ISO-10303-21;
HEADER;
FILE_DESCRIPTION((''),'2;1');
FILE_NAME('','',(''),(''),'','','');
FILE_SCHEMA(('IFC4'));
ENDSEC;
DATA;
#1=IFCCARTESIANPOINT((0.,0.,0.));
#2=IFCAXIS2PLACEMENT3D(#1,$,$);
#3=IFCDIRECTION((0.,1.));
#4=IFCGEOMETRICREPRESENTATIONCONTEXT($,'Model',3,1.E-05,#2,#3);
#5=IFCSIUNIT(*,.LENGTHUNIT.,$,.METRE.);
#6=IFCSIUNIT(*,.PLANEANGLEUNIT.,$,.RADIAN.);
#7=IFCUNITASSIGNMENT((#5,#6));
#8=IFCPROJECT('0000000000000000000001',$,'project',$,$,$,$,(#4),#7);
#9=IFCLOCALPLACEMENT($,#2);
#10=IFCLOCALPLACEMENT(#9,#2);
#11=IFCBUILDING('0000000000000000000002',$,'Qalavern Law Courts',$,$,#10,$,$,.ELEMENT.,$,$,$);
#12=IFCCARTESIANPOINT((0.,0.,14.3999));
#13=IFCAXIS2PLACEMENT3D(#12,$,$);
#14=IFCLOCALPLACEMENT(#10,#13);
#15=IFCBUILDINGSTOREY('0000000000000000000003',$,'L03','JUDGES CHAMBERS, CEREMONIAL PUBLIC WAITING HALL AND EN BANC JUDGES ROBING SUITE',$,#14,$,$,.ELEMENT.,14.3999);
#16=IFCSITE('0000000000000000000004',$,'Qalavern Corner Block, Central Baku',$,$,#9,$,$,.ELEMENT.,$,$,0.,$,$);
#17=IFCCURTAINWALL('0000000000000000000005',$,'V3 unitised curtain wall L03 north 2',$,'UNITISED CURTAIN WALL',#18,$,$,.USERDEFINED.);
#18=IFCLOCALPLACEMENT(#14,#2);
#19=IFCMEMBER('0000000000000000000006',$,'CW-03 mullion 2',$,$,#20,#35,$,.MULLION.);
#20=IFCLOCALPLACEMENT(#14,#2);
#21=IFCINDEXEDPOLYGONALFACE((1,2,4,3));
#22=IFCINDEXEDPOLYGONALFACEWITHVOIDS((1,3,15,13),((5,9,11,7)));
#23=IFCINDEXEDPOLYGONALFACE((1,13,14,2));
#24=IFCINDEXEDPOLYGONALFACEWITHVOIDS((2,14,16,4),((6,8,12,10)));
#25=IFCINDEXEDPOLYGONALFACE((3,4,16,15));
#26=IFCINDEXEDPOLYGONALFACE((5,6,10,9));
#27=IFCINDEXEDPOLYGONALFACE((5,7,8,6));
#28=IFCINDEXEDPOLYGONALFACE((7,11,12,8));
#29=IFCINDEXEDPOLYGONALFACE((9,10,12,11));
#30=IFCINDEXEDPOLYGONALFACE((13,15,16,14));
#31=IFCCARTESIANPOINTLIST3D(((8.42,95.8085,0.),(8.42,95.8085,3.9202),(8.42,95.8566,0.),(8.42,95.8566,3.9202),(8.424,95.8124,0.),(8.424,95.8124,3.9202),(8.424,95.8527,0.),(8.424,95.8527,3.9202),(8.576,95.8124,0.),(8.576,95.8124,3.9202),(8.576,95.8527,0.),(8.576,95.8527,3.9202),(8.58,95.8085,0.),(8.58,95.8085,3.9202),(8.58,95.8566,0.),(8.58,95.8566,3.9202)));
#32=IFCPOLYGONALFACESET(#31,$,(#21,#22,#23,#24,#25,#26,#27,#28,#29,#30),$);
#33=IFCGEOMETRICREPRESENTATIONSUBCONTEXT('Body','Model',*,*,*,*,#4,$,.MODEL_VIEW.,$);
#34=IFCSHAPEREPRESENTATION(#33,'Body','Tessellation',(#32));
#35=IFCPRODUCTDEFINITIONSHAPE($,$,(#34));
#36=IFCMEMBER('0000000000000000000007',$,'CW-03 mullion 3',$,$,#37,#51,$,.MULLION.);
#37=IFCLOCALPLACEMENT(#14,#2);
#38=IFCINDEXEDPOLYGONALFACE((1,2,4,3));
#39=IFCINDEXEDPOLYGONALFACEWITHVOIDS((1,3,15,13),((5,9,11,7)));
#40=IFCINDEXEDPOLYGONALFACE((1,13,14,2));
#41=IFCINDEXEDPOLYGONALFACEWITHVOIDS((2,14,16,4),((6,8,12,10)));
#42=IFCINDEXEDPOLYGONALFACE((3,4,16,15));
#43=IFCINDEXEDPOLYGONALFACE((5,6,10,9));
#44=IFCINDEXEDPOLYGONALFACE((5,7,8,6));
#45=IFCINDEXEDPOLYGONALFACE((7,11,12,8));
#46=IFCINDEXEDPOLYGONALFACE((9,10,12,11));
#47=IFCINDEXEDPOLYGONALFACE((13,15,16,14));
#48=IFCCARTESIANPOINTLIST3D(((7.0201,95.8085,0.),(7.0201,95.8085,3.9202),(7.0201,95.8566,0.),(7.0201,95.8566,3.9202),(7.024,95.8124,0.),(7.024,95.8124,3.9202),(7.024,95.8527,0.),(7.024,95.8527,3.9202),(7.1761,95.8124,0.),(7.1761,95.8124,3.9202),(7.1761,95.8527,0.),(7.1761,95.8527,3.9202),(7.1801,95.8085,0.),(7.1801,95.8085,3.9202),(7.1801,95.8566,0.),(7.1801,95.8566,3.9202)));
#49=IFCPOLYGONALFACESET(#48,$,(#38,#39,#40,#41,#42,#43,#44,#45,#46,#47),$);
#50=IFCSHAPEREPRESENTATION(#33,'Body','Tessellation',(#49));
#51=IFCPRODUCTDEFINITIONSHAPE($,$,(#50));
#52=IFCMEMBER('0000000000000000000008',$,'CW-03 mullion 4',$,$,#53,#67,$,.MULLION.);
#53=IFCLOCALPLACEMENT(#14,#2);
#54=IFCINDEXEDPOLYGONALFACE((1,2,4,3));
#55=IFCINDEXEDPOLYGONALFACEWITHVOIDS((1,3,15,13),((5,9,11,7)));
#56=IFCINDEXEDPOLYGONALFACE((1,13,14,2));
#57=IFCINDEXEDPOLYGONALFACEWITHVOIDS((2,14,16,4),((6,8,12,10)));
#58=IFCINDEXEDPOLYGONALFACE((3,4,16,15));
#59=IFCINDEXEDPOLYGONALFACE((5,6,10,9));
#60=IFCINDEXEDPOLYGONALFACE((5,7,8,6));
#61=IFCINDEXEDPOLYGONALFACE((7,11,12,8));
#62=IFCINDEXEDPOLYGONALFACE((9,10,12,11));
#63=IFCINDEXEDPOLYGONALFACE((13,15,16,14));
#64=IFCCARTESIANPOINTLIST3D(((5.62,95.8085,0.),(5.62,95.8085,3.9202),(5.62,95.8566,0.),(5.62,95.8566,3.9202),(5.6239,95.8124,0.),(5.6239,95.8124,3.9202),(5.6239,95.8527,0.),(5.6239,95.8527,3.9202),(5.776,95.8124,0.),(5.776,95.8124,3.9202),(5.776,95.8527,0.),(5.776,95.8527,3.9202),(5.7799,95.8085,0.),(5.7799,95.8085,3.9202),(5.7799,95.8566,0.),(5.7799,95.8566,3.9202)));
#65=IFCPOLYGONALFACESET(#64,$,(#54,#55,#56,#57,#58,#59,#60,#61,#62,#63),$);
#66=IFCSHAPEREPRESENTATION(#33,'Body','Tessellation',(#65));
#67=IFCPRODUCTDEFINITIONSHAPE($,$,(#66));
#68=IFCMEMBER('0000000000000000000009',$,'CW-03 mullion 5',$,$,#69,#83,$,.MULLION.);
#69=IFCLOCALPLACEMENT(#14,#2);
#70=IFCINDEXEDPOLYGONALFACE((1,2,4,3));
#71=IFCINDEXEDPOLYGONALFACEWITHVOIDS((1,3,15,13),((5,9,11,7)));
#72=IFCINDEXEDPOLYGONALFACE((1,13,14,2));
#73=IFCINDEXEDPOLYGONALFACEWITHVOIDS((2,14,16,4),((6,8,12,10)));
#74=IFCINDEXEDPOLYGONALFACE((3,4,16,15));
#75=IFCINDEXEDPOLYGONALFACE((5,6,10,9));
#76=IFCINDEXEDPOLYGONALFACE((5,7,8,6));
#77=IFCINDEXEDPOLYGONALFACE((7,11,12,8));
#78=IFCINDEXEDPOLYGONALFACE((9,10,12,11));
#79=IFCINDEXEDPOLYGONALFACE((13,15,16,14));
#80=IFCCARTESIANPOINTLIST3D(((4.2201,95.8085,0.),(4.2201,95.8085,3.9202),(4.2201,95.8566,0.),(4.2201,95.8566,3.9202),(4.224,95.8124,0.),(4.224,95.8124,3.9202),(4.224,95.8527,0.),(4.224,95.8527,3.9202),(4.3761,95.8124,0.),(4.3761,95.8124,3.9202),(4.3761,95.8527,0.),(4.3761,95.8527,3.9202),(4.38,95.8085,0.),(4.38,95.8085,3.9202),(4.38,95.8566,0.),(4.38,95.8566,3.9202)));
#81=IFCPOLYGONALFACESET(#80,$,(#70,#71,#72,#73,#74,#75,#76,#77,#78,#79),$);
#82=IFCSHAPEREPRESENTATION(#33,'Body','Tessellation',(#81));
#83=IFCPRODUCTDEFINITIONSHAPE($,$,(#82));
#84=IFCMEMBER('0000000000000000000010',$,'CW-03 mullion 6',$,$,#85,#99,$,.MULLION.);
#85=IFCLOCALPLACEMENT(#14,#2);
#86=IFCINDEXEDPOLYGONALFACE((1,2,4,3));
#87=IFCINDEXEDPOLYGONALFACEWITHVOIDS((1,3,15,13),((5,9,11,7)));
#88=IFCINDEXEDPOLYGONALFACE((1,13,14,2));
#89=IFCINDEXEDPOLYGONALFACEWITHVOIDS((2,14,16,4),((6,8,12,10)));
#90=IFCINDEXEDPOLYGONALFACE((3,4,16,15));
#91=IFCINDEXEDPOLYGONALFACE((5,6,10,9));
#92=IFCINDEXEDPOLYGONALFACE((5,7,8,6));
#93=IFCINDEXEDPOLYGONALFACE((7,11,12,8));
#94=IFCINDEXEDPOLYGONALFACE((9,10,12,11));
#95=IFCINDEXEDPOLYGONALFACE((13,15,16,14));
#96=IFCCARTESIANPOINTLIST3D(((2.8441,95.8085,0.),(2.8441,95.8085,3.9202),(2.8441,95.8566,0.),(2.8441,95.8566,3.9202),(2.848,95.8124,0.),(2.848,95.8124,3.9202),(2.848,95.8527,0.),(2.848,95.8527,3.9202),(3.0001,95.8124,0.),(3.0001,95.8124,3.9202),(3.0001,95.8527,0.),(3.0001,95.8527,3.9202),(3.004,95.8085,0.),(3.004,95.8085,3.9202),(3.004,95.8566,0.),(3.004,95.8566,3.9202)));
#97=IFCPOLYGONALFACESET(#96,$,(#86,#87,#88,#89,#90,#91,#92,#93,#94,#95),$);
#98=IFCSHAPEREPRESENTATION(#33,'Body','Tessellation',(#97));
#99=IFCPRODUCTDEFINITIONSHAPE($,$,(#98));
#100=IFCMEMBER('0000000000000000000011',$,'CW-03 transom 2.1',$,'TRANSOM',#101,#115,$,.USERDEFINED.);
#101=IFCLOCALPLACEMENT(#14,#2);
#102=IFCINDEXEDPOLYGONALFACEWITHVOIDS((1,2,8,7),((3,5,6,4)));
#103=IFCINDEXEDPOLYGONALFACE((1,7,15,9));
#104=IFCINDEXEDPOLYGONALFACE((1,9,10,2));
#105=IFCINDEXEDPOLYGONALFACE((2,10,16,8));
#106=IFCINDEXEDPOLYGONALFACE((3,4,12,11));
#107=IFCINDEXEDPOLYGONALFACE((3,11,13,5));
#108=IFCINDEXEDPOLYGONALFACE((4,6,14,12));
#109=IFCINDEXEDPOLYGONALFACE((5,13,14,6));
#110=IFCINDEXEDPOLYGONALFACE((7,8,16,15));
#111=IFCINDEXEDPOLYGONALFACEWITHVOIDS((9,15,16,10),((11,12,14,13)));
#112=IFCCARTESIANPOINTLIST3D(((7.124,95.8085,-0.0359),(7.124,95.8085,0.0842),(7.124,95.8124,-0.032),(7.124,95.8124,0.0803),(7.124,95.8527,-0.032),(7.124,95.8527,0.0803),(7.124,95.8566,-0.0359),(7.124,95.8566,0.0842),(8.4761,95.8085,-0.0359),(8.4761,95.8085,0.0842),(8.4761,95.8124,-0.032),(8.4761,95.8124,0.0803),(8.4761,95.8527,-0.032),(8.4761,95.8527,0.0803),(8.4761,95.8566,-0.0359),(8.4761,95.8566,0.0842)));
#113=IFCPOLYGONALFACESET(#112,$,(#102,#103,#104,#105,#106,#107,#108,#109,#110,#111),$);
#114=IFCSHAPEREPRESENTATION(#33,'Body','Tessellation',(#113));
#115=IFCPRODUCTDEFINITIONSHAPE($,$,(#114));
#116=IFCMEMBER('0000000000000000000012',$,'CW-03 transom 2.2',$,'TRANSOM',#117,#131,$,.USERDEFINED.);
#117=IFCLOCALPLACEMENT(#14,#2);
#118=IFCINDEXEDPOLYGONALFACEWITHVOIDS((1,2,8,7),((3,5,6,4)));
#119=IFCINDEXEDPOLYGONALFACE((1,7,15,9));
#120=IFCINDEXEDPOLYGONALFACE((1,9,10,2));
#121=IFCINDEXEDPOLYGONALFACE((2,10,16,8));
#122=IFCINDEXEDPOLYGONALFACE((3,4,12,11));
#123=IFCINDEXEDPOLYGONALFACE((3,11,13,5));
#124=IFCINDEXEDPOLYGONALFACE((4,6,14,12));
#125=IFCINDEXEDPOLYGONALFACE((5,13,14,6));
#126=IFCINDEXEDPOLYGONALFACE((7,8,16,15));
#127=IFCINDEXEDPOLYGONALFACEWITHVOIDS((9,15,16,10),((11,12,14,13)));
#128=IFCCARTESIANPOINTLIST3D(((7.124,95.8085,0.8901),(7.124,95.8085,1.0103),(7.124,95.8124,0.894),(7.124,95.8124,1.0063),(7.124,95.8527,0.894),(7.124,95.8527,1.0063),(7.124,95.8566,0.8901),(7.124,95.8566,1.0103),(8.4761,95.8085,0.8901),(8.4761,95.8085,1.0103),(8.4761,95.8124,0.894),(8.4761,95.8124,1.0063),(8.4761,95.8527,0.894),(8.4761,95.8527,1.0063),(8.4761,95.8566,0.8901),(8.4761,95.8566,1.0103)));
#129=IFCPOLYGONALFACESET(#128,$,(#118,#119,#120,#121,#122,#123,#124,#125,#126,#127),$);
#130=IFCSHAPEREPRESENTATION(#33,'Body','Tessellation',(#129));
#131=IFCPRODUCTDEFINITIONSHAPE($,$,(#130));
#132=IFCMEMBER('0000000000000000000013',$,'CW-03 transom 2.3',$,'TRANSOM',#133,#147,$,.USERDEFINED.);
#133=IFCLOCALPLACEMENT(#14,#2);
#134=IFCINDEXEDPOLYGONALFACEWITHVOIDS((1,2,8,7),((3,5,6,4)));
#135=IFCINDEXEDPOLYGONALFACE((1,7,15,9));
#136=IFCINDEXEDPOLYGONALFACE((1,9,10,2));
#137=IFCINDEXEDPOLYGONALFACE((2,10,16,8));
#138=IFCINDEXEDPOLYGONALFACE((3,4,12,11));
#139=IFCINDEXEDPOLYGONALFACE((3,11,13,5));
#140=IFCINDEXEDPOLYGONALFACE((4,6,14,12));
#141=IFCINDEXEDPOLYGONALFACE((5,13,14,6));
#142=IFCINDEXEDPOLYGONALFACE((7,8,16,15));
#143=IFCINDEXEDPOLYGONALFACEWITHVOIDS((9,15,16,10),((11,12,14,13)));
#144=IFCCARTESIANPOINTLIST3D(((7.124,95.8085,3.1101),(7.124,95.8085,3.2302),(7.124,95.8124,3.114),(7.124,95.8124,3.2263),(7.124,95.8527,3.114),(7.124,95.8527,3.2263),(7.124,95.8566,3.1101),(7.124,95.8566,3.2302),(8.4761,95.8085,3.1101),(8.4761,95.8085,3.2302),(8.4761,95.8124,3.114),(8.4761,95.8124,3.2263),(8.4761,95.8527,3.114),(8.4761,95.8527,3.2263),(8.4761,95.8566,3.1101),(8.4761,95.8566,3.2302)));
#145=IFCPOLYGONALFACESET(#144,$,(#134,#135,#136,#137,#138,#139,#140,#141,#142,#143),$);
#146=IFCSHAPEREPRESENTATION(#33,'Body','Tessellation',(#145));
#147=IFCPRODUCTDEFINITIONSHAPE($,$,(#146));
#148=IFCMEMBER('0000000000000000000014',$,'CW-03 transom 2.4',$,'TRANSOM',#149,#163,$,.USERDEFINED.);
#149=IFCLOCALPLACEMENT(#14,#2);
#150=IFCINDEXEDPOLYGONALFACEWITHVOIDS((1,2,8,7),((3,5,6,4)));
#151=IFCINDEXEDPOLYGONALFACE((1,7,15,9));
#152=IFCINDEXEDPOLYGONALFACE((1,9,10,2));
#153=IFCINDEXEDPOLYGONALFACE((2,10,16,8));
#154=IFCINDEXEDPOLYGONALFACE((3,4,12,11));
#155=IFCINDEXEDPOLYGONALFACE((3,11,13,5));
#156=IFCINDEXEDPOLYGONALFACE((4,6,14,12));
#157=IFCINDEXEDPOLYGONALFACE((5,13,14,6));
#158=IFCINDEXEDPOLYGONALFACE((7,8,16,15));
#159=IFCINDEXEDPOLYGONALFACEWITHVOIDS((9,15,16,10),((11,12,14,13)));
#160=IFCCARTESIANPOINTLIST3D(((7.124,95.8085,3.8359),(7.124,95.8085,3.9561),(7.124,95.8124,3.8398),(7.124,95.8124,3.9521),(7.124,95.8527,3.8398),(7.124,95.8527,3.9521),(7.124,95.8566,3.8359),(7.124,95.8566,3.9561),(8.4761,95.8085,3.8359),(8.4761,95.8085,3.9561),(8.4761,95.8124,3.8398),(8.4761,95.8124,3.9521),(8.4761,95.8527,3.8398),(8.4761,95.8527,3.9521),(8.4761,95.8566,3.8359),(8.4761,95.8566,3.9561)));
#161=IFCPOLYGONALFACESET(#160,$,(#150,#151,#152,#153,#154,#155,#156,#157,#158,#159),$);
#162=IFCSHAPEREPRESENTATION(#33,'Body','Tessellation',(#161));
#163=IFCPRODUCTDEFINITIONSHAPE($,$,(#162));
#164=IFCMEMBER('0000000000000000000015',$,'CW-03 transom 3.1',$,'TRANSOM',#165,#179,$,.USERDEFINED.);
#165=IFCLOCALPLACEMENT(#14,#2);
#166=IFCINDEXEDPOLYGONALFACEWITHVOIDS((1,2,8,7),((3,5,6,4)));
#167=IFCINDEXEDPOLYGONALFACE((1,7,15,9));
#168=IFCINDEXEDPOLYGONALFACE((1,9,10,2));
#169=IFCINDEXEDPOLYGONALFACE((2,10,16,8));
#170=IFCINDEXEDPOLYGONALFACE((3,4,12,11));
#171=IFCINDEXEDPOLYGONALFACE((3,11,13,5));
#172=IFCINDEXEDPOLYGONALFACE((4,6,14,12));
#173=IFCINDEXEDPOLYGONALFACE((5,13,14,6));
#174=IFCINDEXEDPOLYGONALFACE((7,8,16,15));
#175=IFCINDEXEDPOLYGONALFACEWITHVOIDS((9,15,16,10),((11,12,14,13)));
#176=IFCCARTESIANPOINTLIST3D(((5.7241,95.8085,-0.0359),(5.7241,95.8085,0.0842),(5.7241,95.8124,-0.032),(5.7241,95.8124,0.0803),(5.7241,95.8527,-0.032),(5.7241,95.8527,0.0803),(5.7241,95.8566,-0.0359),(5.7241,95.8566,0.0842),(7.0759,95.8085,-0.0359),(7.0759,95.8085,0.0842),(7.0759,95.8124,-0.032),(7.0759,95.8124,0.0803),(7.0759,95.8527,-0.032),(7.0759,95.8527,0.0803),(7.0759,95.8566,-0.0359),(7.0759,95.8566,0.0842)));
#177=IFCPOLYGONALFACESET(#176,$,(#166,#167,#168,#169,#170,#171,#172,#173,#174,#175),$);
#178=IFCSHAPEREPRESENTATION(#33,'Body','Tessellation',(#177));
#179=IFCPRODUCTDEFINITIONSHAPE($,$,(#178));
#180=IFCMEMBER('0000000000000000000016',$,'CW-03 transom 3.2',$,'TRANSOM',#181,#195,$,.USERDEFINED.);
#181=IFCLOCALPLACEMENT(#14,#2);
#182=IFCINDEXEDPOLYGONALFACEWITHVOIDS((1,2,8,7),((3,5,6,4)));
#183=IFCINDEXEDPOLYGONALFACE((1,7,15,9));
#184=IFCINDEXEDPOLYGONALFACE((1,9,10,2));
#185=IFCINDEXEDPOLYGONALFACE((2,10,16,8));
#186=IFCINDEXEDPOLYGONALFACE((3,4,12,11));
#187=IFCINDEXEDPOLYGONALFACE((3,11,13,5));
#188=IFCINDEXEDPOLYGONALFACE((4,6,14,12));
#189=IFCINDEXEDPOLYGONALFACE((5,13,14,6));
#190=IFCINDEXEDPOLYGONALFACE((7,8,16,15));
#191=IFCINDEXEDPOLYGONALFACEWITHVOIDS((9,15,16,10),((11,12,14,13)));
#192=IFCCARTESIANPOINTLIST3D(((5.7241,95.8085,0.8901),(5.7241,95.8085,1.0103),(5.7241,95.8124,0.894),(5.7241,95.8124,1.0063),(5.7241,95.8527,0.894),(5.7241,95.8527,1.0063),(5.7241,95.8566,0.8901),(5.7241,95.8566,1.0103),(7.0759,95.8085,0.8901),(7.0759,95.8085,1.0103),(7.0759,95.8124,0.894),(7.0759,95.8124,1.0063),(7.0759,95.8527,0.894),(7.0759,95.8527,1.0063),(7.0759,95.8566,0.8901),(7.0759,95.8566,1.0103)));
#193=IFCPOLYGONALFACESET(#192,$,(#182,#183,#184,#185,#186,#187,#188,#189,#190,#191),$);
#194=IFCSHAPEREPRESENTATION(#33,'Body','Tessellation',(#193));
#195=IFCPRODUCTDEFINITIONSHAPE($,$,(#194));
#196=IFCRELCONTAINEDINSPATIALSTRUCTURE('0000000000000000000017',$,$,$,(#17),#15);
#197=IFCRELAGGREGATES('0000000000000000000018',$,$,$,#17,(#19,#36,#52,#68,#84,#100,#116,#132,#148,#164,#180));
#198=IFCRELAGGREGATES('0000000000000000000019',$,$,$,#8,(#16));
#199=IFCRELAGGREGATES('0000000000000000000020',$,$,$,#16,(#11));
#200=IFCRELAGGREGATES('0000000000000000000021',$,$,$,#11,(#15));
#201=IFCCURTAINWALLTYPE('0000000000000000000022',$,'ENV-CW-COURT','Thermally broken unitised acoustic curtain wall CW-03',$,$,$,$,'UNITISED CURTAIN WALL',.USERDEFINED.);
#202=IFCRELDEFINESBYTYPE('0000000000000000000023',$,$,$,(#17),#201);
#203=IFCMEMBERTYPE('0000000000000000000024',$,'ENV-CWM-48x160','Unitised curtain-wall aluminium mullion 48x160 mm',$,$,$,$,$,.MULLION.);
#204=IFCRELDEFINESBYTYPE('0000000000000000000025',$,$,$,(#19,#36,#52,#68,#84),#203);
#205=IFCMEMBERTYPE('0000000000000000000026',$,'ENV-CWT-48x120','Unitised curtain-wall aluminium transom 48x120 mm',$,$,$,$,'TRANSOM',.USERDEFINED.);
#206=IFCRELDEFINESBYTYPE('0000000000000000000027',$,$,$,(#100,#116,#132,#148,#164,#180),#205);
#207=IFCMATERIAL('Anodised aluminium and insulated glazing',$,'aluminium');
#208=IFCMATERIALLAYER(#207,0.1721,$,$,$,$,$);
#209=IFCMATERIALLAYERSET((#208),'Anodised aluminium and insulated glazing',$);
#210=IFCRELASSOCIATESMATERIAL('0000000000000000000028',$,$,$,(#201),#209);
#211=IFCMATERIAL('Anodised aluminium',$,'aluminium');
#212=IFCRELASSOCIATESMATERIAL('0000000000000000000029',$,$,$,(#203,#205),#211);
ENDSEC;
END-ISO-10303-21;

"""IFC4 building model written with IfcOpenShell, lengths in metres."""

from ifc_helpers import new_model, si_unit, direction, frame, origin, origin_2d, place, context, subcontext, project, spatial, hollow_rectangle, extrude, material, layer, layer_set, material_profile, profile_set, type_object, element, aggregate, save


model = new_model("IFC4")

# Units and contexts
model_context = context("Model", 3, precision=1e-05, world=origin(), true_north=direction((0.0, 1.0)))
body_context = subcontext(model_context, "Body", "Model", "MODEL_VIEW")
ifc_project = project(units=[si_unit("LENGTHUNIT", "METRE"), si_unit("PLANEANGLEUNIT", "RADIAN")], contexts=[model_context])

# Site, building, storey
site_placement = place(None, origin())
site = spatial("IfcSite", under=ifc_project, at=site_placement, Name="Qalavern Corner Block, Central Baku", CompositionType="ELEMENT", RefElevation=0.0)
building_placement = place(site_placement, origin())
building = spatial("IfcBuilding", under=site, at=building_placement, Name="Qalavern Law Courts", CompositionType="ELEMENT")
storey_placement = place(building_placement, frame((0.0, 0.0, 14.3999)))
storey = spatial("IfcBuildingStorey", under=building, at=storey_placement, Name="L03", Description="JUDGES CHAMBERS, CEREMONIAL PUBLIC WAITING HALL AND EN BANC JUDGES ROBING SUITE", CompositionType="ELEMENT", Elevation=14.3999)

# Curtain wall, members
ifc_material_1 = material(Name="Anodised aluminium and insulated glazing", Category="aluminium")
ifc_layer_1 = layer(ifc_material_1, 0.1721)
ifc_layer_set_1 = layer_set([ifc_layer_1], Name="Anodised aluminium and insulated glazing")
curtain_wall_type = type_object("IfcCurtainWallType", Name="ENV-CW-COURT", Description="Thermally broken unitised acoustic curtain wall CW-03", ElementType="UNITISED CURTAIN WALL", PredefinedType="USERDEFINED", material=ifc_layer_set_1)
curtain_wall_placement = place(storey_placement, origin())
curtain_wall = element("IfcCurtainWall", 1, at=curtain_wall_placement, inside=storey, type_object=curtain_wall_type, Name="V3 unitised curtain wall L03 north 2", ObjectType="UNITISED CURTAIN WALL", PredefinedType="USERDEFINED")
ifc_material_2 = material(Name="Anodised aluminium", Category="aluminium")
ifc_material_profile_1 = material_profile(ifc_material_2, hollow_rectangle(XDim=0.0481, YDim=0.1599, WallThickness=0.0039, at=origin_2d()), Name="ALU MULLION 48x160")
ifc_profile_set_1 = profile_set([ifc_material_profile_1], Name="Anodised aluminium")
member_type_1 = type_object("IfcMemberType", Name="ENV-CWM-48x160", Description="Unitised curtain-wall aluminium mullion 48x160 mm", PredefinedType="MULLION", material=ifc_profile_set_1)
member_1_placement = place(storey_placement, frame((8.5, 95.8325, 0.0), z_axis=(0.0, 0.0, 1.0), x_axis=(0.0, -1.0, 0.0)))
member_1 = element("IfcMember", 2, at=member_1_placement, type_object=member_type_1, Name="CW-03 mullion 2", PredefinedType="MULLION", context=body_context, shape_type="SweptSolid", body=[
    extrude(hollow_rectangle(XDim=0.0481, YDim=0.1599, WallThickness=0.0039, at=origin_2d()), origin(), (0.0, 0.0, 1.0), 3.9202),
])
member_2_placement = place(storey_placement, frame((7.1001, 95.8325, 0.0), z_axis=(0.0, 0.0, 1.0), x_axis=(0.0, -1.0, 0.0)))
member_2 = element("IfcMember", 3, at=member_2_placement, type_object=member_type_1, Name="CW-03 mullion 3", PredefinedType="MULLION", context=body_context, shape_type="SweptSolid", body=[
    extrude(hollow_rectangle(XDim=0.0481, YDim=0.1599, WallThickness=0.0039, at=origin_2d()), origin(), (0.0, 0.0, 1.0), 3.9202),
])
member_3_placement = place(storey_placement, frame((5.7, 95.8325, 0.0), z_axis=(0.0, 0.0, 1.0), x_axis=(0.0, -1.0, 0.0)))
member_3 = element("IfcMember", 4, at=member_3_placement, type_object=member_type_1, Name="CW-03 mullion 4", PredefinedType="MULLION", context=body_context, shape_type="SweptSolid", body=[
    extrude(hollow_rectangle(XDim=0.0481, YDim=0.1599, WallThickness=0.0039, at=origin_2d()), origin(), (0.0, 0.0, 1.0), 3.9202),
])
member_4_placement = place(storey_placement, frame((4.3, 95.8325, 0.0), z_axis=(0.0, 0.0, 1.0), x_axis=(0.0, -1.0, 0.0)))
member_4 = element("IfcMember", 5, at=member_4_placement, type_object=member_type_1, Name="CW-03 mullion 5", PredefinedType="MULLION", context=body_context, shape_type="SweptSolid", body=[
    extrude(hollow_rectangle(XDim=0.0481, YDim=0.1599, WallThickness=0.0039, at=origin_2d()), origin(), (0.0, 0.0, 1.0), 3.9202),
])
member_5_placement = place(storey_placement, frame((2.9241, 95.8325, 0.0), z_axis=(0.0, 0.0, 1.0), x_axis=(0.0, -1.0, 0.0)))
member_5 = element("IfcMember", 6, at=member_5_placement, type_object=member_type_1, Name="CW-03 mullion 6", PredefinedType="MULLION", context=body_context, shape_type="SweptSolid", body=[
    extrude(hollow_rectangle(XDim=0.0481, YDim=0.1599, WallThickness=0.0039, at=origin_2d()), origin(), (0.0, 0.0, 1.0), 3.9202),
])
ifc_material_profile_2 = material_profile(ifc_material_2, hollow_rectangle(XDim=0.0481, YDim=0.1201, WallThickness=0.0039, at=origin_2d()), Name="ALU TRANSOM 48x120")
ifc_profile_set_2 = profile_set([ifc_material_profile_2], Name="Anodised aluminium")
member_type_2 = type_object("IfcMemberType", Name="ENV-CWT-48x120", Description="Unitised curtain-wall aluminium transom 48x120 mm", ElementType="TRANSOM", PredefinedType="USERDEFINED", material=ifc_profile_set_2)
member_6_placement = place(storey_placement, frame((8.4761, 95.8325, 0.0242), z_axis=(-1.0, 0.0, 0.0), x_axis=(0.0, -1.0, 0.0)))
member_6 = element("IfcMember", 7, at=member_6_placement, type_object=member_type_2, Name="CW-03 transom 2.1", ObjectType="TRANSOM", PredefinedType="USERDEFINED", context=body_context, shape_type="SweptSolid", body=[
    extrude(hollow_rectangle(XDim=0.0481, YDim=0.1201, WallThickness=0.0039, at=origin_2d()), origin(), (0.0, 0.0, 1.0), 1.3521),
])
member_7_placement = place(storey_placement, frame((8.4761, 95.8325, 0.9502), z_axis=(-1.0, 0.0, 0.0), x_axis=(0.0, -1.0, 0.0)))
member_7 = element("IfcMember", 8, at=member_7_placement, type_object=member_type_2, Name="CW-03 transom 2.2", ObjectType="TRANSOM", PredefinedType="USERDEFINED", context=body_context, shape_type="SweptSolid", body=[
    extrude(hollow_rectangle(XDim=0.0481, YDim=0.1201, WallThickness=0.0039, at=origin_2d()), origin(), (0.0, 0.0, 1.0), 1.3521),
])
member_8_placement = place(storey_placement, frame((8.4761, 95.8325, 3.1702), z_axis=(-1.0, 0.0, 0.0), x_axis=(0.0, -1.0, 0.0)))
member_8 = element("IfcMember", 9, at=member_8_placement, type_object=member_type_2, Name="CW-03 transom 2.3", ObjectType="TRANSOM", PredefinedType="USERDEFINED", context=body_context, shape_type="SweptSolid", body=[
    extrude(hollow_rectangle(XDim=0.0481, YDim=0.1201, WallThickness=0.0039, at=origin_2d()), origin(), (0.0, 0.0, 1.0), 1.3521),
])
member_9_placement = place(storey_placement, frame((8.4761, 95.8325, 3.896), z_axis=(-1.0, 0.0, 0.0), x_axis=(0.0, -1.0, 0.0)))
member_9 = element("IfcMember", 10, at=member_9_placement, type_object=member_type_2, Name="CW-03 transom 2.4", ObjectType="TRANSOM", PredefinedType="USERDEFINED", context=body_context, shape_type="SweptSolid", body=[
    extrude(hollow_rectangle(XDim=0.0481, YDim=0.1201, WallThickness=0.0039, at=origin_2d()), origin(), (0.0, 0.0, 1.0), 1.3521),
])
member_10_placement = place(storey_placement, frame((7.0759, 95.8325, 0.0242), z_axis=(-1.0, 0.0, 0.0), x_axis=(0.0, -1.0, 0.0)))
member_10 = element("IfcMember", 11, at=member_10_placement, type_object=member_type_2, Name="CW-03 transom 3.1", ObjectType="TRANSOM", PredefinedType="USERDEFINED", context=body_context, shape_type="SweptSolid", body=[
    extrude(hollow_rectangle(XDim=0.0481, YDim=0.1201, WallThickness=0.0039, at=origin_2d()), origin(), (0.0, 0.0, 1.0), 1.3518),
])
member_11_placement = place(storey_placement, frame((7.0759, 95.8325, 0.9502), z_axis=(-1.0, 0.0, 0.0), x_axis=(0.0, -1.0, 0.0)))
member_11 = element("IfcMember", 12, at=member_11_placement, type_object=member_type_2, Name="CW-03 transom 3.2", ObjectType="TRANSOM", PredefinedType="USERDEFINED", context=body_context, shape_type="SweptSolid", body=[
    extrude(hollow_rectangle(XDim=0.0481, YDim=0.1201, WallThickness=0.0039, at=origin_2d()), origin(), (0.0, 0.0, 1.0), 1.3518),
])

aggregate(curtain_wall, [member_1, member_2, member_3, member_4, member_5, member_6, member_7, member_8, member_9, member_10, member_11])

save(model, "model.ifc")
